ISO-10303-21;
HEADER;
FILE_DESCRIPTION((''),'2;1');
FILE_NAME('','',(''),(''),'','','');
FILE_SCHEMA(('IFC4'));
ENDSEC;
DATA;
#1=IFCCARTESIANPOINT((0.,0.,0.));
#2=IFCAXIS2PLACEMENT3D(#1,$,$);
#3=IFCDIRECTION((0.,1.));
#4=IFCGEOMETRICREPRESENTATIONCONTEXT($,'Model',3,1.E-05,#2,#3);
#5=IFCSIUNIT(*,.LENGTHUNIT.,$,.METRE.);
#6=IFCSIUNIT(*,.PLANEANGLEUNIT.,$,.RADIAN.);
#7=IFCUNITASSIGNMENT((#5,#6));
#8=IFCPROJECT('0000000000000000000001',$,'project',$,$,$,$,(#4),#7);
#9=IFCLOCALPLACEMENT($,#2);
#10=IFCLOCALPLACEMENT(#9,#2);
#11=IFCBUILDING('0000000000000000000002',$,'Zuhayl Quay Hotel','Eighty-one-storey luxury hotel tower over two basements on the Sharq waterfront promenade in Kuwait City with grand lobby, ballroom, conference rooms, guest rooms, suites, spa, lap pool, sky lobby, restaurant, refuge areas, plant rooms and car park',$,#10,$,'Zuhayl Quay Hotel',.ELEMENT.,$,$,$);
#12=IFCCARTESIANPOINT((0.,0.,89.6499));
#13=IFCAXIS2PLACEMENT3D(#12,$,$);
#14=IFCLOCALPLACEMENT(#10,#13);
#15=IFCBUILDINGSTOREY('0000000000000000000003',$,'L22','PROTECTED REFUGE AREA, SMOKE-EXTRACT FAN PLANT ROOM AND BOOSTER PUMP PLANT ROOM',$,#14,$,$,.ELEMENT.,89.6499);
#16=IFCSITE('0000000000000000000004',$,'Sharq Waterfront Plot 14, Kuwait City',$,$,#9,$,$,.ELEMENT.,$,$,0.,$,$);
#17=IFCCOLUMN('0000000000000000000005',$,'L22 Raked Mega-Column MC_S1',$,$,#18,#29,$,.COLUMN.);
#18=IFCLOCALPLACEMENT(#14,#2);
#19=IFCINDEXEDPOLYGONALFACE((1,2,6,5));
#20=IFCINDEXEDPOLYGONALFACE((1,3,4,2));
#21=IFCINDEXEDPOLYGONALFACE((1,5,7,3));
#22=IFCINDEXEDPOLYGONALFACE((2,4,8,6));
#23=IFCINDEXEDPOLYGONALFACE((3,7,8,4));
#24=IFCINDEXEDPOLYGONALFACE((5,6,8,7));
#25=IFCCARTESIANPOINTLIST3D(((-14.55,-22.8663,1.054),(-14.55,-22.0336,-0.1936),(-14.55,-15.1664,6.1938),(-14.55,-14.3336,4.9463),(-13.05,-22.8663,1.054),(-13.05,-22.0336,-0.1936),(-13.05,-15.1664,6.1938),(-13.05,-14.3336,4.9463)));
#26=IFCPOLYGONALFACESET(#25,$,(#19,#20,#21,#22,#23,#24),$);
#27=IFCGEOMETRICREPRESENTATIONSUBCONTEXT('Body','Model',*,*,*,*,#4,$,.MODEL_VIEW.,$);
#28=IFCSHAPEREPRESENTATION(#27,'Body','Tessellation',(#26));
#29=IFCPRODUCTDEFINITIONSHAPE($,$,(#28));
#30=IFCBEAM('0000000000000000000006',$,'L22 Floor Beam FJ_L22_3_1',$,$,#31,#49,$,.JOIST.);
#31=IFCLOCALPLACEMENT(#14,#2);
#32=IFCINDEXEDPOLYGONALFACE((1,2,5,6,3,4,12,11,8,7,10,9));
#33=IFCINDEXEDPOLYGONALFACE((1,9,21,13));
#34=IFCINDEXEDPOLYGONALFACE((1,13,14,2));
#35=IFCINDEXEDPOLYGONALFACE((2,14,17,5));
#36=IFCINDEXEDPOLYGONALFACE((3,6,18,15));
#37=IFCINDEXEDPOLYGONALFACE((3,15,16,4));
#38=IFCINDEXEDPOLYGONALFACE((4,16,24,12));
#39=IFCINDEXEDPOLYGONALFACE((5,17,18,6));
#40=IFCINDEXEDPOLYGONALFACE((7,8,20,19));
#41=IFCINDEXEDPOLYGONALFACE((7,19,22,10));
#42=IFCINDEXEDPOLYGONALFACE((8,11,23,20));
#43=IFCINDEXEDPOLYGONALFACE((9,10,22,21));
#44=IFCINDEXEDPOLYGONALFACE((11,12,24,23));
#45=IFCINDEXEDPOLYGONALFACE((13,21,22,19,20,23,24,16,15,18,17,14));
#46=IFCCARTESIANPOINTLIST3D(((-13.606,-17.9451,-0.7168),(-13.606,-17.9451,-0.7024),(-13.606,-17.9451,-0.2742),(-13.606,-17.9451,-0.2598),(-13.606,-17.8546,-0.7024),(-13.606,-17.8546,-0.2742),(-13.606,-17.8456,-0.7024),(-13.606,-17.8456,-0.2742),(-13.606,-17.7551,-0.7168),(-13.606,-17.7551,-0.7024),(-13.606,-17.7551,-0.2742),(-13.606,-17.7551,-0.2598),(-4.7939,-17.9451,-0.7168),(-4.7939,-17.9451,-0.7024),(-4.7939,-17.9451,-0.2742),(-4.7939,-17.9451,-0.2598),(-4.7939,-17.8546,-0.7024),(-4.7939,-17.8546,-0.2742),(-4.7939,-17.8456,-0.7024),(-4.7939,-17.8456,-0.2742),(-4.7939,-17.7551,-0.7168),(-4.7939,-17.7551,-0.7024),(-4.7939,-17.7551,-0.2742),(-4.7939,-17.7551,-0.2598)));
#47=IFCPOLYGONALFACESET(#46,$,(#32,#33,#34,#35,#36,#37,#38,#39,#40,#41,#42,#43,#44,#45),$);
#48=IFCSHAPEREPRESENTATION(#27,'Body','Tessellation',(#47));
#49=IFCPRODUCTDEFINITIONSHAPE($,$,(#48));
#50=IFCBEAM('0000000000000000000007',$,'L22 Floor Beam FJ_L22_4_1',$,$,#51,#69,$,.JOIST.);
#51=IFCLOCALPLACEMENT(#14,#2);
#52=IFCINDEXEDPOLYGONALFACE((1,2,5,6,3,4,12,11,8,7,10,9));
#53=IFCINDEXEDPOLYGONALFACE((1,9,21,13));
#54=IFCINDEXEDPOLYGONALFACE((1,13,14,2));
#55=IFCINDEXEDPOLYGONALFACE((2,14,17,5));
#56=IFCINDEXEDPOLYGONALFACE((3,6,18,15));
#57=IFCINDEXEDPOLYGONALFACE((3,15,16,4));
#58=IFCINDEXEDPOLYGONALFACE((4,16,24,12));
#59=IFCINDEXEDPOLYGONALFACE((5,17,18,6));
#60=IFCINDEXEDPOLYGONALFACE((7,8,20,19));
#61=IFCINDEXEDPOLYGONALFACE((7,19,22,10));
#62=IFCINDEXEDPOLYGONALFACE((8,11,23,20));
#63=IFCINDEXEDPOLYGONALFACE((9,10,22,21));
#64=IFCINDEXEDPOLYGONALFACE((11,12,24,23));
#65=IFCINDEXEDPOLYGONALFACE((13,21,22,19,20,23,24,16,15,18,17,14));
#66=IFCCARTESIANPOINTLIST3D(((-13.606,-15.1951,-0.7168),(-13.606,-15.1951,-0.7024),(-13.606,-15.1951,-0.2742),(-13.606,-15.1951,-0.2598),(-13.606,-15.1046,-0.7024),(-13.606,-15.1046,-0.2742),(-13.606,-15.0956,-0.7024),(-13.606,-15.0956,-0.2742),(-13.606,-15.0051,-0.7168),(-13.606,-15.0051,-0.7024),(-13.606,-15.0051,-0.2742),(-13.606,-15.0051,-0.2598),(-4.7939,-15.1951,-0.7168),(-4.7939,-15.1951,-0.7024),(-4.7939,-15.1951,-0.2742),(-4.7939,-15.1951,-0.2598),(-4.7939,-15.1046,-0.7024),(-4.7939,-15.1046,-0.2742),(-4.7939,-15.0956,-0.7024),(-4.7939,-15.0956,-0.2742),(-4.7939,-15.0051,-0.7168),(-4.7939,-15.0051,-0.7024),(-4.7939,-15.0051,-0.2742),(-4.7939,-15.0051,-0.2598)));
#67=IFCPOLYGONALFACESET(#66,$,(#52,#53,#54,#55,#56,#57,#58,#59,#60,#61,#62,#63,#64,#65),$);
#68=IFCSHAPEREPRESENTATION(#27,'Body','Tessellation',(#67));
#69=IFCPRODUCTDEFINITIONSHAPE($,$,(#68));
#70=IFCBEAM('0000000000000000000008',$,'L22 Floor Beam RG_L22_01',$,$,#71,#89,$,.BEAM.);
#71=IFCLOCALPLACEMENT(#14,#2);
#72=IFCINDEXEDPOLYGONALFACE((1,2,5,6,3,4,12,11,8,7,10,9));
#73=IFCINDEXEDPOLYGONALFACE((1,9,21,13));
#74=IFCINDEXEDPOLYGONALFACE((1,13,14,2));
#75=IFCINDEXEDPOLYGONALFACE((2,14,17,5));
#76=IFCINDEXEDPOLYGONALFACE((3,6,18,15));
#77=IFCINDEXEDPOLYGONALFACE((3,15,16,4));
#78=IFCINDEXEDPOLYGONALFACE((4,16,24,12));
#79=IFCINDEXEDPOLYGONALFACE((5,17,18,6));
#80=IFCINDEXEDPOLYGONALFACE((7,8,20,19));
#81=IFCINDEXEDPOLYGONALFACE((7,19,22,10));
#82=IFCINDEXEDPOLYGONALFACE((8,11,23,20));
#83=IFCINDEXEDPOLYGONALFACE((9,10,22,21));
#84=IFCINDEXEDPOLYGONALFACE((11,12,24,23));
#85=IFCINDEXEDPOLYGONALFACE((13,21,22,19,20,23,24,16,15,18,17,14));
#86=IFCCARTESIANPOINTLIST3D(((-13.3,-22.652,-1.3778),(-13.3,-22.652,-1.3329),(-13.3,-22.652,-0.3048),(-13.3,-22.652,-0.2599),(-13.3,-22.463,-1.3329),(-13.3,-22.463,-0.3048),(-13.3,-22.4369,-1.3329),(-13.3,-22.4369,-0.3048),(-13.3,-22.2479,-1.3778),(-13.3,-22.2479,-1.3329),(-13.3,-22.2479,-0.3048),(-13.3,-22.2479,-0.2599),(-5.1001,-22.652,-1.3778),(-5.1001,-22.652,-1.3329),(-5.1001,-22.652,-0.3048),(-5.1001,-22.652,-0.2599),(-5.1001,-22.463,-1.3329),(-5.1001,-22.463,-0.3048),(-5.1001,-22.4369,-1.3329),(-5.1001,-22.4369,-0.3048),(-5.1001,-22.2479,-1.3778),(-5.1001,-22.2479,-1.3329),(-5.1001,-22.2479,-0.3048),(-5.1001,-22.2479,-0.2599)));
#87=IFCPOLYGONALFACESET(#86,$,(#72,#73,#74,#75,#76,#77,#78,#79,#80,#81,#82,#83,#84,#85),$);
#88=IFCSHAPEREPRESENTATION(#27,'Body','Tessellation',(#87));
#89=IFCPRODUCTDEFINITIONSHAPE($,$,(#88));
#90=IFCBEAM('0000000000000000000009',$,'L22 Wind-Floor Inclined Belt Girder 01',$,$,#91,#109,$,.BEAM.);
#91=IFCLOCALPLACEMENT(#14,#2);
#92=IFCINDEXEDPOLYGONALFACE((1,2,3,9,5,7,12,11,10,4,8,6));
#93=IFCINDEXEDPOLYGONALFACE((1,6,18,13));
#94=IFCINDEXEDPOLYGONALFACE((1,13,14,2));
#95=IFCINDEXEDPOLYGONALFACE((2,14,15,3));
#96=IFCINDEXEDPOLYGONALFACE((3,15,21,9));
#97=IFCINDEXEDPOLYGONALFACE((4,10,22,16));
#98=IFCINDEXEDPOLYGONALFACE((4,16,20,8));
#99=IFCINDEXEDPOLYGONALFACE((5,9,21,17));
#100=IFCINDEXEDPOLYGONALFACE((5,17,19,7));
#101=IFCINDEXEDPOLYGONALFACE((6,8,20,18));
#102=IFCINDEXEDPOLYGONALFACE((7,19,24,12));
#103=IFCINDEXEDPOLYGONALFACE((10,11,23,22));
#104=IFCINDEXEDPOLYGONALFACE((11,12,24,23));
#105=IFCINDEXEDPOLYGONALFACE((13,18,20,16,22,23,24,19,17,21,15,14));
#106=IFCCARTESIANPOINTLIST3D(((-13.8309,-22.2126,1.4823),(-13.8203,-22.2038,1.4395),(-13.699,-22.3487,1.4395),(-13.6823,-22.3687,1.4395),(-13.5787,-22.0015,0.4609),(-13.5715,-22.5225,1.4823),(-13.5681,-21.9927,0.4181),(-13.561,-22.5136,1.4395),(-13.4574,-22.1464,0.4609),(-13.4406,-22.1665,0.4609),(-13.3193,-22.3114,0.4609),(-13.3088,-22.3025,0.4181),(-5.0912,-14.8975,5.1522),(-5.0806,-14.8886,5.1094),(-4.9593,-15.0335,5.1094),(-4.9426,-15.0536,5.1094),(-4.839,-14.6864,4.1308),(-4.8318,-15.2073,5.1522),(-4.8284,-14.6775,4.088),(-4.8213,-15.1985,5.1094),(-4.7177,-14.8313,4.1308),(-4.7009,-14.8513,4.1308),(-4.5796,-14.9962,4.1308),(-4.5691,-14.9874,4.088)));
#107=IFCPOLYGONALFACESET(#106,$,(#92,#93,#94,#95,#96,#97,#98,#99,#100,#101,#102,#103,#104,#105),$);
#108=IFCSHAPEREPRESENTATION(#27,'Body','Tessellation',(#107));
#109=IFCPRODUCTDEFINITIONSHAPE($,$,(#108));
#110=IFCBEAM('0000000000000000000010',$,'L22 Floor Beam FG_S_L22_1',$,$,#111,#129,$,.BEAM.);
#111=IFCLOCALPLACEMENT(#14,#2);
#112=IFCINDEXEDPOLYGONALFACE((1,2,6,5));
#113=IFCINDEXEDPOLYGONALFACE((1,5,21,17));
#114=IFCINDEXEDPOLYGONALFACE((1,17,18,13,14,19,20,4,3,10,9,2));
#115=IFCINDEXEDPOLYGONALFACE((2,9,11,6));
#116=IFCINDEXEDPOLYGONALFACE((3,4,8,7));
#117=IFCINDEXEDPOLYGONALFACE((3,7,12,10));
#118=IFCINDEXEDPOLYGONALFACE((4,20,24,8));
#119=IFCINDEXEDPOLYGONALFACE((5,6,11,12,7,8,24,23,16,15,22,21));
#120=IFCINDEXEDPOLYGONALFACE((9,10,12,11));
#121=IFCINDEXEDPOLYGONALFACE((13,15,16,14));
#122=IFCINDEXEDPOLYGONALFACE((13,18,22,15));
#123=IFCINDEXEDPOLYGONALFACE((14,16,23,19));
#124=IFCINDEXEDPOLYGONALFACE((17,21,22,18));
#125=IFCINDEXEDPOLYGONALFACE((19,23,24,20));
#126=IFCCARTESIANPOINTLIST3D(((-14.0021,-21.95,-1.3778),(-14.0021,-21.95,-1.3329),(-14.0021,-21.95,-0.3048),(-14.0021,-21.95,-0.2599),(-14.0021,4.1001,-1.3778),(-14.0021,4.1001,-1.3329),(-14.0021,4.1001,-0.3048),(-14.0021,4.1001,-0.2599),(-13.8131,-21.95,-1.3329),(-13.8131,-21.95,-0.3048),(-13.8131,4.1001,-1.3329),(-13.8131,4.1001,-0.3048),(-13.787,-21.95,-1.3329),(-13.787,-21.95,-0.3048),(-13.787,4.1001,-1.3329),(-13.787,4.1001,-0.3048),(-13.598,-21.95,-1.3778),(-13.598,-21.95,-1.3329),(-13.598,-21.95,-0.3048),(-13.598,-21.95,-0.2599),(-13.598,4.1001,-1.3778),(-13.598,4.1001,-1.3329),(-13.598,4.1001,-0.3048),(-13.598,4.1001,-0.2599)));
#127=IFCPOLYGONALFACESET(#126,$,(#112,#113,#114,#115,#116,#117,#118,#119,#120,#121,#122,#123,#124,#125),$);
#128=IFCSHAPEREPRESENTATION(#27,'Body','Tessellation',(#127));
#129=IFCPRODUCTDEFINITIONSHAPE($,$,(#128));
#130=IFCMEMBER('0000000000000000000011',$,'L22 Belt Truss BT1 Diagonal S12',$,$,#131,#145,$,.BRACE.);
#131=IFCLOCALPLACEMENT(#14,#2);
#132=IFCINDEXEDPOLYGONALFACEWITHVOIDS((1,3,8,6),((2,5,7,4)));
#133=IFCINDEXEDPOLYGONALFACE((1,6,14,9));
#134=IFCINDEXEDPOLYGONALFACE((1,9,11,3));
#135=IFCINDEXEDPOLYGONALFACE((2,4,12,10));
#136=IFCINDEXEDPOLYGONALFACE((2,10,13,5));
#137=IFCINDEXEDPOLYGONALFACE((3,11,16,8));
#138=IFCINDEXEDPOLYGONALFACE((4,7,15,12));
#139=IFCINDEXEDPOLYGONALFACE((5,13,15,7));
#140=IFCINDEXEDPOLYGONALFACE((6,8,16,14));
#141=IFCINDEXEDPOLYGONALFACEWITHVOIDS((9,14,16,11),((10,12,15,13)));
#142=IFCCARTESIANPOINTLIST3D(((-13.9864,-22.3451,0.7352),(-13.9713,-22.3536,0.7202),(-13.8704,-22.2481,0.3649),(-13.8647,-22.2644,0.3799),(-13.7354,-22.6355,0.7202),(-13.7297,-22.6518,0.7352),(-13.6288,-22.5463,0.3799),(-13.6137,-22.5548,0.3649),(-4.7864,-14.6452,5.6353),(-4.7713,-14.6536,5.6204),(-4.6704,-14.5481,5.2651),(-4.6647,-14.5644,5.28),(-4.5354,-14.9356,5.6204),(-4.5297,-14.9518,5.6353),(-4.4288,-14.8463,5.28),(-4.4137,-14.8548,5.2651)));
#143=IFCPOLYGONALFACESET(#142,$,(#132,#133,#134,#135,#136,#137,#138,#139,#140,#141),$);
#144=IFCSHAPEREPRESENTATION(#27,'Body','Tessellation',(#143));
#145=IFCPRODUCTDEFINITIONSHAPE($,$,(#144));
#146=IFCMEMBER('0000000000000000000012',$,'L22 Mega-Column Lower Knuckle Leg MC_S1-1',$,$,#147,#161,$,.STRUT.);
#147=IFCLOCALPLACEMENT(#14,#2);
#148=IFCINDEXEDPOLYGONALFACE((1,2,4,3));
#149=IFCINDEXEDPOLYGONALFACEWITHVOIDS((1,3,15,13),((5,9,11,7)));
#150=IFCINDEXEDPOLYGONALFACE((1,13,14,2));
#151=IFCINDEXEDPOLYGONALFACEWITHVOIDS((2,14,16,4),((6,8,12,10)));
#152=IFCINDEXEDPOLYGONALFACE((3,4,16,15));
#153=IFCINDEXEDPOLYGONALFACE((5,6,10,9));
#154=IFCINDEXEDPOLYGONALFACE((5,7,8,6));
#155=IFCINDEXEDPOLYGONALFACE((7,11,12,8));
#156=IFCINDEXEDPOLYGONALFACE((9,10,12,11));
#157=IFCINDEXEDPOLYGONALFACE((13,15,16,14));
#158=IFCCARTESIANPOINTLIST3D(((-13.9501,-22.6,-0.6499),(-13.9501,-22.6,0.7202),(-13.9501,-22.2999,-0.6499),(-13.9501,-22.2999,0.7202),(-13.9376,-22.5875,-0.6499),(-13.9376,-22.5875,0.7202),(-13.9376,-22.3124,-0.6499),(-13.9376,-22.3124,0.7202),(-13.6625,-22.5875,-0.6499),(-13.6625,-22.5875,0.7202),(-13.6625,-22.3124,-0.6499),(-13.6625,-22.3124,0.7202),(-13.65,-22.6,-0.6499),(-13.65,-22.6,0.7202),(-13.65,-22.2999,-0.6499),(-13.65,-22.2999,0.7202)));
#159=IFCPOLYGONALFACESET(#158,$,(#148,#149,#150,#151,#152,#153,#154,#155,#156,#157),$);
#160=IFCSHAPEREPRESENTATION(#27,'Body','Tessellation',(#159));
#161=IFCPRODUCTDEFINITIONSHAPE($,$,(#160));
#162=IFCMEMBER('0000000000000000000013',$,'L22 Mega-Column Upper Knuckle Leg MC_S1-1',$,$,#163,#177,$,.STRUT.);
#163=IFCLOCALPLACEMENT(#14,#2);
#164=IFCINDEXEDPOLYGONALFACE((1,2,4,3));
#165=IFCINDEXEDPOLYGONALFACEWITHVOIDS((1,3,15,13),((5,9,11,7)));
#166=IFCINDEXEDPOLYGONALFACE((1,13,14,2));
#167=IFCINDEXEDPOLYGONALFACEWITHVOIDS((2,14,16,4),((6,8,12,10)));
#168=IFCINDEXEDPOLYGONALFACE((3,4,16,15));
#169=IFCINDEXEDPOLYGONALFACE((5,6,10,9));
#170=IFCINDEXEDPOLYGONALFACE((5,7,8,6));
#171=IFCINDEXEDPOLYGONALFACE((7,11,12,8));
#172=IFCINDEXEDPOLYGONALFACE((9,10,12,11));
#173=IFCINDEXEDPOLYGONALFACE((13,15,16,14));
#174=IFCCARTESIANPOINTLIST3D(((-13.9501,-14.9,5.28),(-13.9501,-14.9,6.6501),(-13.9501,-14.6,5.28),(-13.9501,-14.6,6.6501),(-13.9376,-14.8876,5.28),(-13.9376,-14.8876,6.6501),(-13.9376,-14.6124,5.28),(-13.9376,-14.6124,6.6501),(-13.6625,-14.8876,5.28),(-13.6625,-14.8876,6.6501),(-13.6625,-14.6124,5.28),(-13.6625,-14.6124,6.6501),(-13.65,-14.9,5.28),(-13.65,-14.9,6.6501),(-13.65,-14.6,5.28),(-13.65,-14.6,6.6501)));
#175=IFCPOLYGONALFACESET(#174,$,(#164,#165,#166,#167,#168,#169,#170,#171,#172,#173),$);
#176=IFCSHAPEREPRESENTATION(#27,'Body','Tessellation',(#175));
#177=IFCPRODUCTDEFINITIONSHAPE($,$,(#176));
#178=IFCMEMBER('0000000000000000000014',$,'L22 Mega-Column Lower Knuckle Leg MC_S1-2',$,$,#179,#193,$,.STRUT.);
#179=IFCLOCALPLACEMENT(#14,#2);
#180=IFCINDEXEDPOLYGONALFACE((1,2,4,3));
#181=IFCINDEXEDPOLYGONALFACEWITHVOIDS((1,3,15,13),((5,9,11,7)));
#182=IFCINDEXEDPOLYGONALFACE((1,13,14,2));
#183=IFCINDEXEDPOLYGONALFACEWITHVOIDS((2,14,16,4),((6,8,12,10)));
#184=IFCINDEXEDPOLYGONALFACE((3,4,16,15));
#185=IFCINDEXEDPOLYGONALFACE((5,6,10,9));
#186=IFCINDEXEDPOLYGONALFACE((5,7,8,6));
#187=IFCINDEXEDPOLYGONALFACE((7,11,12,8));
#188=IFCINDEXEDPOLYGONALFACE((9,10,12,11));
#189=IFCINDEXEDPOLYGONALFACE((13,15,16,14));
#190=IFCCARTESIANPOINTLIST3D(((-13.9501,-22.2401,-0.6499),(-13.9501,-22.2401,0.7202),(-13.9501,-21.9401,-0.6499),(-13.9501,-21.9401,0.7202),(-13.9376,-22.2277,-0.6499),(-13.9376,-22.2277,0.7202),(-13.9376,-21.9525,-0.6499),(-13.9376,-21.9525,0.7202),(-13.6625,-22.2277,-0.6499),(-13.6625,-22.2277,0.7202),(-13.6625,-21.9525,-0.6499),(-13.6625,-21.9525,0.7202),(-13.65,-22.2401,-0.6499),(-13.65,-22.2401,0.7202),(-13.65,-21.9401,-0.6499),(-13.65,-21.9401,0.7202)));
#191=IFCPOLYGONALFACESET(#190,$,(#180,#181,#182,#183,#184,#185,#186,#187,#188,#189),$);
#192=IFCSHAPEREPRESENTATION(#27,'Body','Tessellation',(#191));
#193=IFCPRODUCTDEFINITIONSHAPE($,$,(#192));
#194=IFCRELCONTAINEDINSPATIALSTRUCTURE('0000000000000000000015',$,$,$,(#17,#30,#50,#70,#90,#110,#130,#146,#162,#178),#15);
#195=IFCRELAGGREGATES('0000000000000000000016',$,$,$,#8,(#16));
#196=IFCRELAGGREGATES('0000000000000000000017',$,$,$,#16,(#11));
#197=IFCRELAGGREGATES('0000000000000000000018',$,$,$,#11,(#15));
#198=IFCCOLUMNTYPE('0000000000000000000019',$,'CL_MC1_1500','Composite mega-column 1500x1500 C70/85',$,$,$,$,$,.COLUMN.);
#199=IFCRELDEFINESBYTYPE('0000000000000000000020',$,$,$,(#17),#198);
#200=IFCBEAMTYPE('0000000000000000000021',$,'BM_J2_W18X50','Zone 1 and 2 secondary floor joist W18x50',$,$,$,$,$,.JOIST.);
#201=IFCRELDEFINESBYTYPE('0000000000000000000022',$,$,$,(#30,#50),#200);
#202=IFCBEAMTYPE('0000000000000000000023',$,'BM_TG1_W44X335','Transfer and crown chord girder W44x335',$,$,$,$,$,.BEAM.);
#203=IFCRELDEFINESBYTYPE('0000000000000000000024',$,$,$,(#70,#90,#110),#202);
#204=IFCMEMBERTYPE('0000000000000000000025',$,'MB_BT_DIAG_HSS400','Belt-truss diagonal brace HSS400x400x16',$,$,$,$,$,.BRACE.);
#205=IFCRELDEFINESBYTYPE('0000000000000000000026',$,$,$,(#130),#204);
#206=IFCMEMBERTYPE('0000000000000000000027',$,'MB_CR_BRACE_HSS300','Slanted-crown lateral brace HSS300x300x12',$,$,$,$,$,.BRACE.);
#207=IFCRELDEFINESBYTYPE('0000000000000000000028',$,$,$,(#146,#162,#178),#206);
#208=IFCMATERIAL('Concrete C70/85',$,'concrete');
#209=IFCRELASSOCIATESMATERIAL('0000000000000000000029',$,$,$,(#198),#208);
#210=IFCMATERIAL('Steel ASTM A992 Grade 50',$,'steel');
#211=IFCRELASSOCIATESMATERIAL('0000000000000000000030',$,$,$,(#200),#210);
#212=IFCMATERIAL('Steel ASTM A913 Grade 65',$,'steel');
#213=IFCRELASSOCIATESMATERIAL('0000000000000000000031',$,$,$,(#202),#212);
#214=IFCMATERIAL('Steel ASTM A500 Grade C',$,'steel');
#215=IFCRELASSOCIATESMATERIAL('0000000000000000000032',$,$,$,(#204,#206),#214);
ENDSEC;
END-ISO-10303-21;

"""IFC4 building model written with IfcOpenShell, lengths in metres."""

from ifc_helpers import new_model, si_unit, direction, frame, origin, origin_2d, place, context, subcontext, project, spatial, rectangle, hollow_rectangle, i_section, extrude, material, material_profile, profile_set, type_object, element, save


model = new_model("IFC4")

# Units and contexts
model_context = context("Model", 3, precision=1e-05, world=origin(), true_north=direction((0.0, 1.0)))
body_context = subcontext(model_context, "Body", "Model", "MODEL_VIEW")
ifc_project = project(units=[si_unit("LENGTHUNIT", "METRE"), si_unit("PLANEANGLEUNIT", "RADIAN")], contexts=[model_context])

# Site, building, storey
site_placement = place(None, origin())
site = spatial("IfcSite", under=ifc_project, at=site_placement, Name="Sharq Waterfront Plot 14, Kuwait City", CompositionType="ELEMENT", RefElevation=0.0)
building_placement = place(site_placement, origin())
building = spatial("IfcBuilding", under=site, at=building_placement, Name="Zuhayl Quay Hotel", Description="Eighty-one-storey luxury hotel tower over two basements on the Sharq waterfront promenade in Kuwait City with grand lobby, ballroom, conference rooms, guest rooms, suites, spa, lap pool, sky lobby, restaurant, refuge areas, plant rooms and car park", LongName="Zuhayl Quay Hotel", CompositionType="ELEMENT")
storey_placement = place(building_placement, frame((0.0, 0.0, 89.6499)))
storey = spatial("IfcBuildingStorey", under=building, at=storey_placement, Name="L22", Description="PROTECTED REFUGE AREA, SMOKE-EXTRACT FAN PLANT ROOM AND BOOSTER PUMP PLANT ROOM", CompositionType="ELEMENT", Elevation=89.6499)

# Column
ifc_material_1 = material(Name="Concrete C70/85", Category="concrete")
ifc_material_profile_1 = material_profile(ifc_material_1, rectangle(XDim=1.5, YDim=1.5, at=origin_2d()), Name="RC1500X1500")
ifc_profile_set_1 = profile_set([ifc_material_profile_1], Name="Concrete C70/85")
column_type = type_object("IfcColumnType", Name="CL_MC1_1500", Description="Composite mega-column 1500x1500 C70/85", PredefinedType="COLUMN", material=ifc_profile_set_1)
column_placement = place(storey_placement, frame((-13.8, -22.45, 0.4302), z_axis=(0.0, 0.831722, 0.555193), x_axis=(-1.0, 0.0, 0.0)))
element("IfcColumn", 1, at=column_placement, inside=storey, type_object=column_type, Name="L22 Raked Mega-Column MC_S1", PredefinedType="COLUMN", context=body_context, shape_type="SweptSolid", body=[
    extrude(rectangle(XDim=1.5, YDim=1.5, at=origin_2d()), origin(), (0.0, 0.0, 1.0), 9.2578),
])

# Beams
ifc_material_2 = material(Name="Steel ASTM A992 Grade 50", Category="steel")
ifc_material_profile_2 = material_profile(ifc_material_2, i_section(OverallWidth=0.1899, OverallDepth=0.457, WebThickness=0.009, FlangeThickness=0.0144, at=origin_2d()), Name="W18X50")
ifc_profile_set_2 = profile_set([ifc_material_profile_2], Name="Steel ASTM A992 Grade 50")
beam_type_1 = type_object("IfcBeamType", Name="BM_J2_W18X50", Description="Zone 1 and 2 secondary floor joist W18x50", PredefinedType="JOIST", material=ifc_profile_set_2)
for number, where, z_axis, x_axis, name in (
    (2, (-13.606, -17.8501, -0.4883), (1.0, 0.0, 0.0), (0.0, 1.0, 0.0), "L22 Floor Beam FJ_L22_3_1"),
    (3, (-13.606, -15.1001, -0.4883), (1.0, 0.0, 0.0), (0.0, 1.0, 0.0), "L22 Floor Beam FJ_L22_4_1"),
):
    element("IfcBeam", number, at=place(storey_placement, frame(where, z_axis=z_axis, x_axis=x_axis)), inside=storey, type_object=beam_type_1, Name=name, PredefinedType="JOIST", context=body_context, shape_type="SweptSolid", body=[
        extrude(i_section(OverallWidth=0.1899, OverallDepth=0.457, WebThickness=0.009, FlangeThickness=0.0144, at=origin_2d()), origin(), (0.0, 0.0, 1.0), 8.812),
    ])
ifc_material_3 = material(Name="Steel ASTM A913 Grade 65", Category="steel")
ifc_material_profile_3 = material_profile(ifc_material_3, i_section(OverallWidth=0.4041, OverallDepth=1.1179, WebThickness=0.0261, FlangeThickness=0.0449, at=origin_2d()), Name="W44X335")
ifc_profile_set_3 = profile_set([ifc_material_profile_3], Name="Steel ASTM A913 Grade 65")
beam_type_2 = type_object("IfcBeamType", Name="BM_TG1_W44X335", Description="Transfer and crown chord girder W44x335", PredefinedType="BEAM", material=ifc_profile_set_3)
beam_1_placement = place(storey_placement, frame((-13.3, -22.45, -0.8188), z_axis=(1.0, 0.0, 0.0), x_axis=(0.0, 1.0, 0.0)))
element("IfcBeam", 4, at=beam_1_placement, inside=storey, type_object=beam_type_2, Name="L22 Floor Beam RG_L22_01", PredefinedType="BEAM", context=body_context, shape_type="SweptSolid", body=[
    extrude(i_section(OverallWidth=0.4041, OverallDepth=1.1179, WebThickness=0.0261, FlangeThickness=0.0449, at=origin_2d()), origin(), (0.0, 0.0, 1.0), 8.2),
])
beam_2_placement = place(storey_placement, frame((-13.5698, -22.2576, 0.9502), z_axis=(0.729927, 0.610951, 0.306505), x_axis=(-0.641843, 0.766836, 0.0)))
element("IfcBeam", 5, at=beam_2_placement, inside=storey, type_object=beam_type_2, Name="L22 Wind-Floor Inclined Belt Girder 01", PredefinedType="BEAM", context=body_context, shape_type="SweptSolid", body=[
    extrude(i_section(OverallWidth=0.4041, OverallDepth=1.1179, WebThickness=0.0261, FlangeThickness=0.0449, at=origin_2d()), origin(), (0.0, 0.0, 1.0), 11.9734),
])
beam_3_placement = place(storey_placement, frame((-13.8, -21.95, -0.8188), z_axis=(0.0, 1.0, 0.0), x_axis=(-1.0, 0.0, 0.0)))
element("IfcBeam", 6, at=beam_3_placement, inside=storey, type_object=beam_type_2, Name="L22 Floor Beam FG_S_L22_1", PredefinedType="BEAM", context=body_context, shape_type="SweptSolid", body=[
    extrude(i_section(OverallWidth=0.4041, OverallDepth=1.1179, WebThickness=0.0261, FlangeThickness=0.0449, at=origin_2d()), origin(), (0.0, 0.0, 1.0), 26.05),
])

# Members
ifc_material_4 = material(Name="Steel ASTM A500 Grade C", Category="steel")
ifc_material_profile_4 = material_profile(ifc_material_4, hollow_rectangle(XDim=0.3999, YDim=0.3999, WallThickness=0.0161, at=origin_2d()), Name="HSS400X400X16")
ifc_profile_set_4 = profile_set([ifc_material_profile_4], Name="Steel ASTM A500 Grade C")
member_type_1 = type_object("IfcMemberType", Name="MB_BT_DIAG_HSS400", Description="Belt-truss diagonal brace HSS400x400x16", PredefinedType="BRACE", material=ifc_profile_set_4)
member_placement = place(storey_placement, frame((-13.8, -22.45, 0.55), z_axis=(0.709919, 0.594171, 0.378122), x_axis=(-0.641822, 0.766853, 0.0)))
element("IfcMember", 7, at=member_placement, inside=storey, type_object=member_type_1, Name="L22 Belt Truss BT1 Diagonal S12", PredefinedType="BRACE", context=body_context, shape_type="SweptSolid", body=[
    extrude(hollow_rectangle(XDim=0.3999, YDim=0.3999, WallThickness=0.0161, at=origin_2d()), origin(), (0.0, 0.0, 1.0), 12.9592),
])
ifc_material_profile_5 = material_profile(ifc_material_4, hollow_rectangle(XDim=0.3, YDim=0.3, WallThickness=0.0125, at=origin_2d()), Name="HSS300X300X12")
ifc_profile_set_5 = profile_set([ifc_material_profile_5], Name="Steel ASTM A500 Grade C")
member_type_2 = type_object("IfcMemberType", Name="MB_CR_BRACE_HSS300", Description="Slanted-crown lateral brace HSS300x300x12", PredefinedType="BRACE", material=ifc_profile_set_5)
for number, where, z_axis, x_axis, name in (
    (8, (-13.8, -22.45, -0.6499), (0.0, 0.0, 1.0), (1.0, 0.0, 0.0), "L22 Mega-Column Lower Knuckle Leg MC_S1-1"),
    (9, (-13.8, -14.75, 5.28), (0.0, 0.0, 1.0), (1.0, 0.0, 0.0), "L22 Mega-Column Upper Knuckle Leg MC_S1-1"),
    (10, (-13.8, -22.0901, -0.6499), (0.0, 0.0, 1.0), (1.0, 0.0, 0.0), "L22 Mega-Column Lower Knuckle Leg MC_S1-2"),
):
    element("IfcMember", number, at=place(storey_placement, frame(where, z_axis=z_axis, x_axis=x_axis)), inside=storey, type_object=member_type_2, Name=name, PredefinedType="STRUT", context=body_context, shape_type="SweptSolid", body=[
        extrude(hollow_rectangle(XDim=0.3, YDim=0.3, WallThickness=0.0125, at=origin_2d()), origin(), (0.0, 0.0, 1.0), 1.3701),
    ])

save(model, "model.ifc")
